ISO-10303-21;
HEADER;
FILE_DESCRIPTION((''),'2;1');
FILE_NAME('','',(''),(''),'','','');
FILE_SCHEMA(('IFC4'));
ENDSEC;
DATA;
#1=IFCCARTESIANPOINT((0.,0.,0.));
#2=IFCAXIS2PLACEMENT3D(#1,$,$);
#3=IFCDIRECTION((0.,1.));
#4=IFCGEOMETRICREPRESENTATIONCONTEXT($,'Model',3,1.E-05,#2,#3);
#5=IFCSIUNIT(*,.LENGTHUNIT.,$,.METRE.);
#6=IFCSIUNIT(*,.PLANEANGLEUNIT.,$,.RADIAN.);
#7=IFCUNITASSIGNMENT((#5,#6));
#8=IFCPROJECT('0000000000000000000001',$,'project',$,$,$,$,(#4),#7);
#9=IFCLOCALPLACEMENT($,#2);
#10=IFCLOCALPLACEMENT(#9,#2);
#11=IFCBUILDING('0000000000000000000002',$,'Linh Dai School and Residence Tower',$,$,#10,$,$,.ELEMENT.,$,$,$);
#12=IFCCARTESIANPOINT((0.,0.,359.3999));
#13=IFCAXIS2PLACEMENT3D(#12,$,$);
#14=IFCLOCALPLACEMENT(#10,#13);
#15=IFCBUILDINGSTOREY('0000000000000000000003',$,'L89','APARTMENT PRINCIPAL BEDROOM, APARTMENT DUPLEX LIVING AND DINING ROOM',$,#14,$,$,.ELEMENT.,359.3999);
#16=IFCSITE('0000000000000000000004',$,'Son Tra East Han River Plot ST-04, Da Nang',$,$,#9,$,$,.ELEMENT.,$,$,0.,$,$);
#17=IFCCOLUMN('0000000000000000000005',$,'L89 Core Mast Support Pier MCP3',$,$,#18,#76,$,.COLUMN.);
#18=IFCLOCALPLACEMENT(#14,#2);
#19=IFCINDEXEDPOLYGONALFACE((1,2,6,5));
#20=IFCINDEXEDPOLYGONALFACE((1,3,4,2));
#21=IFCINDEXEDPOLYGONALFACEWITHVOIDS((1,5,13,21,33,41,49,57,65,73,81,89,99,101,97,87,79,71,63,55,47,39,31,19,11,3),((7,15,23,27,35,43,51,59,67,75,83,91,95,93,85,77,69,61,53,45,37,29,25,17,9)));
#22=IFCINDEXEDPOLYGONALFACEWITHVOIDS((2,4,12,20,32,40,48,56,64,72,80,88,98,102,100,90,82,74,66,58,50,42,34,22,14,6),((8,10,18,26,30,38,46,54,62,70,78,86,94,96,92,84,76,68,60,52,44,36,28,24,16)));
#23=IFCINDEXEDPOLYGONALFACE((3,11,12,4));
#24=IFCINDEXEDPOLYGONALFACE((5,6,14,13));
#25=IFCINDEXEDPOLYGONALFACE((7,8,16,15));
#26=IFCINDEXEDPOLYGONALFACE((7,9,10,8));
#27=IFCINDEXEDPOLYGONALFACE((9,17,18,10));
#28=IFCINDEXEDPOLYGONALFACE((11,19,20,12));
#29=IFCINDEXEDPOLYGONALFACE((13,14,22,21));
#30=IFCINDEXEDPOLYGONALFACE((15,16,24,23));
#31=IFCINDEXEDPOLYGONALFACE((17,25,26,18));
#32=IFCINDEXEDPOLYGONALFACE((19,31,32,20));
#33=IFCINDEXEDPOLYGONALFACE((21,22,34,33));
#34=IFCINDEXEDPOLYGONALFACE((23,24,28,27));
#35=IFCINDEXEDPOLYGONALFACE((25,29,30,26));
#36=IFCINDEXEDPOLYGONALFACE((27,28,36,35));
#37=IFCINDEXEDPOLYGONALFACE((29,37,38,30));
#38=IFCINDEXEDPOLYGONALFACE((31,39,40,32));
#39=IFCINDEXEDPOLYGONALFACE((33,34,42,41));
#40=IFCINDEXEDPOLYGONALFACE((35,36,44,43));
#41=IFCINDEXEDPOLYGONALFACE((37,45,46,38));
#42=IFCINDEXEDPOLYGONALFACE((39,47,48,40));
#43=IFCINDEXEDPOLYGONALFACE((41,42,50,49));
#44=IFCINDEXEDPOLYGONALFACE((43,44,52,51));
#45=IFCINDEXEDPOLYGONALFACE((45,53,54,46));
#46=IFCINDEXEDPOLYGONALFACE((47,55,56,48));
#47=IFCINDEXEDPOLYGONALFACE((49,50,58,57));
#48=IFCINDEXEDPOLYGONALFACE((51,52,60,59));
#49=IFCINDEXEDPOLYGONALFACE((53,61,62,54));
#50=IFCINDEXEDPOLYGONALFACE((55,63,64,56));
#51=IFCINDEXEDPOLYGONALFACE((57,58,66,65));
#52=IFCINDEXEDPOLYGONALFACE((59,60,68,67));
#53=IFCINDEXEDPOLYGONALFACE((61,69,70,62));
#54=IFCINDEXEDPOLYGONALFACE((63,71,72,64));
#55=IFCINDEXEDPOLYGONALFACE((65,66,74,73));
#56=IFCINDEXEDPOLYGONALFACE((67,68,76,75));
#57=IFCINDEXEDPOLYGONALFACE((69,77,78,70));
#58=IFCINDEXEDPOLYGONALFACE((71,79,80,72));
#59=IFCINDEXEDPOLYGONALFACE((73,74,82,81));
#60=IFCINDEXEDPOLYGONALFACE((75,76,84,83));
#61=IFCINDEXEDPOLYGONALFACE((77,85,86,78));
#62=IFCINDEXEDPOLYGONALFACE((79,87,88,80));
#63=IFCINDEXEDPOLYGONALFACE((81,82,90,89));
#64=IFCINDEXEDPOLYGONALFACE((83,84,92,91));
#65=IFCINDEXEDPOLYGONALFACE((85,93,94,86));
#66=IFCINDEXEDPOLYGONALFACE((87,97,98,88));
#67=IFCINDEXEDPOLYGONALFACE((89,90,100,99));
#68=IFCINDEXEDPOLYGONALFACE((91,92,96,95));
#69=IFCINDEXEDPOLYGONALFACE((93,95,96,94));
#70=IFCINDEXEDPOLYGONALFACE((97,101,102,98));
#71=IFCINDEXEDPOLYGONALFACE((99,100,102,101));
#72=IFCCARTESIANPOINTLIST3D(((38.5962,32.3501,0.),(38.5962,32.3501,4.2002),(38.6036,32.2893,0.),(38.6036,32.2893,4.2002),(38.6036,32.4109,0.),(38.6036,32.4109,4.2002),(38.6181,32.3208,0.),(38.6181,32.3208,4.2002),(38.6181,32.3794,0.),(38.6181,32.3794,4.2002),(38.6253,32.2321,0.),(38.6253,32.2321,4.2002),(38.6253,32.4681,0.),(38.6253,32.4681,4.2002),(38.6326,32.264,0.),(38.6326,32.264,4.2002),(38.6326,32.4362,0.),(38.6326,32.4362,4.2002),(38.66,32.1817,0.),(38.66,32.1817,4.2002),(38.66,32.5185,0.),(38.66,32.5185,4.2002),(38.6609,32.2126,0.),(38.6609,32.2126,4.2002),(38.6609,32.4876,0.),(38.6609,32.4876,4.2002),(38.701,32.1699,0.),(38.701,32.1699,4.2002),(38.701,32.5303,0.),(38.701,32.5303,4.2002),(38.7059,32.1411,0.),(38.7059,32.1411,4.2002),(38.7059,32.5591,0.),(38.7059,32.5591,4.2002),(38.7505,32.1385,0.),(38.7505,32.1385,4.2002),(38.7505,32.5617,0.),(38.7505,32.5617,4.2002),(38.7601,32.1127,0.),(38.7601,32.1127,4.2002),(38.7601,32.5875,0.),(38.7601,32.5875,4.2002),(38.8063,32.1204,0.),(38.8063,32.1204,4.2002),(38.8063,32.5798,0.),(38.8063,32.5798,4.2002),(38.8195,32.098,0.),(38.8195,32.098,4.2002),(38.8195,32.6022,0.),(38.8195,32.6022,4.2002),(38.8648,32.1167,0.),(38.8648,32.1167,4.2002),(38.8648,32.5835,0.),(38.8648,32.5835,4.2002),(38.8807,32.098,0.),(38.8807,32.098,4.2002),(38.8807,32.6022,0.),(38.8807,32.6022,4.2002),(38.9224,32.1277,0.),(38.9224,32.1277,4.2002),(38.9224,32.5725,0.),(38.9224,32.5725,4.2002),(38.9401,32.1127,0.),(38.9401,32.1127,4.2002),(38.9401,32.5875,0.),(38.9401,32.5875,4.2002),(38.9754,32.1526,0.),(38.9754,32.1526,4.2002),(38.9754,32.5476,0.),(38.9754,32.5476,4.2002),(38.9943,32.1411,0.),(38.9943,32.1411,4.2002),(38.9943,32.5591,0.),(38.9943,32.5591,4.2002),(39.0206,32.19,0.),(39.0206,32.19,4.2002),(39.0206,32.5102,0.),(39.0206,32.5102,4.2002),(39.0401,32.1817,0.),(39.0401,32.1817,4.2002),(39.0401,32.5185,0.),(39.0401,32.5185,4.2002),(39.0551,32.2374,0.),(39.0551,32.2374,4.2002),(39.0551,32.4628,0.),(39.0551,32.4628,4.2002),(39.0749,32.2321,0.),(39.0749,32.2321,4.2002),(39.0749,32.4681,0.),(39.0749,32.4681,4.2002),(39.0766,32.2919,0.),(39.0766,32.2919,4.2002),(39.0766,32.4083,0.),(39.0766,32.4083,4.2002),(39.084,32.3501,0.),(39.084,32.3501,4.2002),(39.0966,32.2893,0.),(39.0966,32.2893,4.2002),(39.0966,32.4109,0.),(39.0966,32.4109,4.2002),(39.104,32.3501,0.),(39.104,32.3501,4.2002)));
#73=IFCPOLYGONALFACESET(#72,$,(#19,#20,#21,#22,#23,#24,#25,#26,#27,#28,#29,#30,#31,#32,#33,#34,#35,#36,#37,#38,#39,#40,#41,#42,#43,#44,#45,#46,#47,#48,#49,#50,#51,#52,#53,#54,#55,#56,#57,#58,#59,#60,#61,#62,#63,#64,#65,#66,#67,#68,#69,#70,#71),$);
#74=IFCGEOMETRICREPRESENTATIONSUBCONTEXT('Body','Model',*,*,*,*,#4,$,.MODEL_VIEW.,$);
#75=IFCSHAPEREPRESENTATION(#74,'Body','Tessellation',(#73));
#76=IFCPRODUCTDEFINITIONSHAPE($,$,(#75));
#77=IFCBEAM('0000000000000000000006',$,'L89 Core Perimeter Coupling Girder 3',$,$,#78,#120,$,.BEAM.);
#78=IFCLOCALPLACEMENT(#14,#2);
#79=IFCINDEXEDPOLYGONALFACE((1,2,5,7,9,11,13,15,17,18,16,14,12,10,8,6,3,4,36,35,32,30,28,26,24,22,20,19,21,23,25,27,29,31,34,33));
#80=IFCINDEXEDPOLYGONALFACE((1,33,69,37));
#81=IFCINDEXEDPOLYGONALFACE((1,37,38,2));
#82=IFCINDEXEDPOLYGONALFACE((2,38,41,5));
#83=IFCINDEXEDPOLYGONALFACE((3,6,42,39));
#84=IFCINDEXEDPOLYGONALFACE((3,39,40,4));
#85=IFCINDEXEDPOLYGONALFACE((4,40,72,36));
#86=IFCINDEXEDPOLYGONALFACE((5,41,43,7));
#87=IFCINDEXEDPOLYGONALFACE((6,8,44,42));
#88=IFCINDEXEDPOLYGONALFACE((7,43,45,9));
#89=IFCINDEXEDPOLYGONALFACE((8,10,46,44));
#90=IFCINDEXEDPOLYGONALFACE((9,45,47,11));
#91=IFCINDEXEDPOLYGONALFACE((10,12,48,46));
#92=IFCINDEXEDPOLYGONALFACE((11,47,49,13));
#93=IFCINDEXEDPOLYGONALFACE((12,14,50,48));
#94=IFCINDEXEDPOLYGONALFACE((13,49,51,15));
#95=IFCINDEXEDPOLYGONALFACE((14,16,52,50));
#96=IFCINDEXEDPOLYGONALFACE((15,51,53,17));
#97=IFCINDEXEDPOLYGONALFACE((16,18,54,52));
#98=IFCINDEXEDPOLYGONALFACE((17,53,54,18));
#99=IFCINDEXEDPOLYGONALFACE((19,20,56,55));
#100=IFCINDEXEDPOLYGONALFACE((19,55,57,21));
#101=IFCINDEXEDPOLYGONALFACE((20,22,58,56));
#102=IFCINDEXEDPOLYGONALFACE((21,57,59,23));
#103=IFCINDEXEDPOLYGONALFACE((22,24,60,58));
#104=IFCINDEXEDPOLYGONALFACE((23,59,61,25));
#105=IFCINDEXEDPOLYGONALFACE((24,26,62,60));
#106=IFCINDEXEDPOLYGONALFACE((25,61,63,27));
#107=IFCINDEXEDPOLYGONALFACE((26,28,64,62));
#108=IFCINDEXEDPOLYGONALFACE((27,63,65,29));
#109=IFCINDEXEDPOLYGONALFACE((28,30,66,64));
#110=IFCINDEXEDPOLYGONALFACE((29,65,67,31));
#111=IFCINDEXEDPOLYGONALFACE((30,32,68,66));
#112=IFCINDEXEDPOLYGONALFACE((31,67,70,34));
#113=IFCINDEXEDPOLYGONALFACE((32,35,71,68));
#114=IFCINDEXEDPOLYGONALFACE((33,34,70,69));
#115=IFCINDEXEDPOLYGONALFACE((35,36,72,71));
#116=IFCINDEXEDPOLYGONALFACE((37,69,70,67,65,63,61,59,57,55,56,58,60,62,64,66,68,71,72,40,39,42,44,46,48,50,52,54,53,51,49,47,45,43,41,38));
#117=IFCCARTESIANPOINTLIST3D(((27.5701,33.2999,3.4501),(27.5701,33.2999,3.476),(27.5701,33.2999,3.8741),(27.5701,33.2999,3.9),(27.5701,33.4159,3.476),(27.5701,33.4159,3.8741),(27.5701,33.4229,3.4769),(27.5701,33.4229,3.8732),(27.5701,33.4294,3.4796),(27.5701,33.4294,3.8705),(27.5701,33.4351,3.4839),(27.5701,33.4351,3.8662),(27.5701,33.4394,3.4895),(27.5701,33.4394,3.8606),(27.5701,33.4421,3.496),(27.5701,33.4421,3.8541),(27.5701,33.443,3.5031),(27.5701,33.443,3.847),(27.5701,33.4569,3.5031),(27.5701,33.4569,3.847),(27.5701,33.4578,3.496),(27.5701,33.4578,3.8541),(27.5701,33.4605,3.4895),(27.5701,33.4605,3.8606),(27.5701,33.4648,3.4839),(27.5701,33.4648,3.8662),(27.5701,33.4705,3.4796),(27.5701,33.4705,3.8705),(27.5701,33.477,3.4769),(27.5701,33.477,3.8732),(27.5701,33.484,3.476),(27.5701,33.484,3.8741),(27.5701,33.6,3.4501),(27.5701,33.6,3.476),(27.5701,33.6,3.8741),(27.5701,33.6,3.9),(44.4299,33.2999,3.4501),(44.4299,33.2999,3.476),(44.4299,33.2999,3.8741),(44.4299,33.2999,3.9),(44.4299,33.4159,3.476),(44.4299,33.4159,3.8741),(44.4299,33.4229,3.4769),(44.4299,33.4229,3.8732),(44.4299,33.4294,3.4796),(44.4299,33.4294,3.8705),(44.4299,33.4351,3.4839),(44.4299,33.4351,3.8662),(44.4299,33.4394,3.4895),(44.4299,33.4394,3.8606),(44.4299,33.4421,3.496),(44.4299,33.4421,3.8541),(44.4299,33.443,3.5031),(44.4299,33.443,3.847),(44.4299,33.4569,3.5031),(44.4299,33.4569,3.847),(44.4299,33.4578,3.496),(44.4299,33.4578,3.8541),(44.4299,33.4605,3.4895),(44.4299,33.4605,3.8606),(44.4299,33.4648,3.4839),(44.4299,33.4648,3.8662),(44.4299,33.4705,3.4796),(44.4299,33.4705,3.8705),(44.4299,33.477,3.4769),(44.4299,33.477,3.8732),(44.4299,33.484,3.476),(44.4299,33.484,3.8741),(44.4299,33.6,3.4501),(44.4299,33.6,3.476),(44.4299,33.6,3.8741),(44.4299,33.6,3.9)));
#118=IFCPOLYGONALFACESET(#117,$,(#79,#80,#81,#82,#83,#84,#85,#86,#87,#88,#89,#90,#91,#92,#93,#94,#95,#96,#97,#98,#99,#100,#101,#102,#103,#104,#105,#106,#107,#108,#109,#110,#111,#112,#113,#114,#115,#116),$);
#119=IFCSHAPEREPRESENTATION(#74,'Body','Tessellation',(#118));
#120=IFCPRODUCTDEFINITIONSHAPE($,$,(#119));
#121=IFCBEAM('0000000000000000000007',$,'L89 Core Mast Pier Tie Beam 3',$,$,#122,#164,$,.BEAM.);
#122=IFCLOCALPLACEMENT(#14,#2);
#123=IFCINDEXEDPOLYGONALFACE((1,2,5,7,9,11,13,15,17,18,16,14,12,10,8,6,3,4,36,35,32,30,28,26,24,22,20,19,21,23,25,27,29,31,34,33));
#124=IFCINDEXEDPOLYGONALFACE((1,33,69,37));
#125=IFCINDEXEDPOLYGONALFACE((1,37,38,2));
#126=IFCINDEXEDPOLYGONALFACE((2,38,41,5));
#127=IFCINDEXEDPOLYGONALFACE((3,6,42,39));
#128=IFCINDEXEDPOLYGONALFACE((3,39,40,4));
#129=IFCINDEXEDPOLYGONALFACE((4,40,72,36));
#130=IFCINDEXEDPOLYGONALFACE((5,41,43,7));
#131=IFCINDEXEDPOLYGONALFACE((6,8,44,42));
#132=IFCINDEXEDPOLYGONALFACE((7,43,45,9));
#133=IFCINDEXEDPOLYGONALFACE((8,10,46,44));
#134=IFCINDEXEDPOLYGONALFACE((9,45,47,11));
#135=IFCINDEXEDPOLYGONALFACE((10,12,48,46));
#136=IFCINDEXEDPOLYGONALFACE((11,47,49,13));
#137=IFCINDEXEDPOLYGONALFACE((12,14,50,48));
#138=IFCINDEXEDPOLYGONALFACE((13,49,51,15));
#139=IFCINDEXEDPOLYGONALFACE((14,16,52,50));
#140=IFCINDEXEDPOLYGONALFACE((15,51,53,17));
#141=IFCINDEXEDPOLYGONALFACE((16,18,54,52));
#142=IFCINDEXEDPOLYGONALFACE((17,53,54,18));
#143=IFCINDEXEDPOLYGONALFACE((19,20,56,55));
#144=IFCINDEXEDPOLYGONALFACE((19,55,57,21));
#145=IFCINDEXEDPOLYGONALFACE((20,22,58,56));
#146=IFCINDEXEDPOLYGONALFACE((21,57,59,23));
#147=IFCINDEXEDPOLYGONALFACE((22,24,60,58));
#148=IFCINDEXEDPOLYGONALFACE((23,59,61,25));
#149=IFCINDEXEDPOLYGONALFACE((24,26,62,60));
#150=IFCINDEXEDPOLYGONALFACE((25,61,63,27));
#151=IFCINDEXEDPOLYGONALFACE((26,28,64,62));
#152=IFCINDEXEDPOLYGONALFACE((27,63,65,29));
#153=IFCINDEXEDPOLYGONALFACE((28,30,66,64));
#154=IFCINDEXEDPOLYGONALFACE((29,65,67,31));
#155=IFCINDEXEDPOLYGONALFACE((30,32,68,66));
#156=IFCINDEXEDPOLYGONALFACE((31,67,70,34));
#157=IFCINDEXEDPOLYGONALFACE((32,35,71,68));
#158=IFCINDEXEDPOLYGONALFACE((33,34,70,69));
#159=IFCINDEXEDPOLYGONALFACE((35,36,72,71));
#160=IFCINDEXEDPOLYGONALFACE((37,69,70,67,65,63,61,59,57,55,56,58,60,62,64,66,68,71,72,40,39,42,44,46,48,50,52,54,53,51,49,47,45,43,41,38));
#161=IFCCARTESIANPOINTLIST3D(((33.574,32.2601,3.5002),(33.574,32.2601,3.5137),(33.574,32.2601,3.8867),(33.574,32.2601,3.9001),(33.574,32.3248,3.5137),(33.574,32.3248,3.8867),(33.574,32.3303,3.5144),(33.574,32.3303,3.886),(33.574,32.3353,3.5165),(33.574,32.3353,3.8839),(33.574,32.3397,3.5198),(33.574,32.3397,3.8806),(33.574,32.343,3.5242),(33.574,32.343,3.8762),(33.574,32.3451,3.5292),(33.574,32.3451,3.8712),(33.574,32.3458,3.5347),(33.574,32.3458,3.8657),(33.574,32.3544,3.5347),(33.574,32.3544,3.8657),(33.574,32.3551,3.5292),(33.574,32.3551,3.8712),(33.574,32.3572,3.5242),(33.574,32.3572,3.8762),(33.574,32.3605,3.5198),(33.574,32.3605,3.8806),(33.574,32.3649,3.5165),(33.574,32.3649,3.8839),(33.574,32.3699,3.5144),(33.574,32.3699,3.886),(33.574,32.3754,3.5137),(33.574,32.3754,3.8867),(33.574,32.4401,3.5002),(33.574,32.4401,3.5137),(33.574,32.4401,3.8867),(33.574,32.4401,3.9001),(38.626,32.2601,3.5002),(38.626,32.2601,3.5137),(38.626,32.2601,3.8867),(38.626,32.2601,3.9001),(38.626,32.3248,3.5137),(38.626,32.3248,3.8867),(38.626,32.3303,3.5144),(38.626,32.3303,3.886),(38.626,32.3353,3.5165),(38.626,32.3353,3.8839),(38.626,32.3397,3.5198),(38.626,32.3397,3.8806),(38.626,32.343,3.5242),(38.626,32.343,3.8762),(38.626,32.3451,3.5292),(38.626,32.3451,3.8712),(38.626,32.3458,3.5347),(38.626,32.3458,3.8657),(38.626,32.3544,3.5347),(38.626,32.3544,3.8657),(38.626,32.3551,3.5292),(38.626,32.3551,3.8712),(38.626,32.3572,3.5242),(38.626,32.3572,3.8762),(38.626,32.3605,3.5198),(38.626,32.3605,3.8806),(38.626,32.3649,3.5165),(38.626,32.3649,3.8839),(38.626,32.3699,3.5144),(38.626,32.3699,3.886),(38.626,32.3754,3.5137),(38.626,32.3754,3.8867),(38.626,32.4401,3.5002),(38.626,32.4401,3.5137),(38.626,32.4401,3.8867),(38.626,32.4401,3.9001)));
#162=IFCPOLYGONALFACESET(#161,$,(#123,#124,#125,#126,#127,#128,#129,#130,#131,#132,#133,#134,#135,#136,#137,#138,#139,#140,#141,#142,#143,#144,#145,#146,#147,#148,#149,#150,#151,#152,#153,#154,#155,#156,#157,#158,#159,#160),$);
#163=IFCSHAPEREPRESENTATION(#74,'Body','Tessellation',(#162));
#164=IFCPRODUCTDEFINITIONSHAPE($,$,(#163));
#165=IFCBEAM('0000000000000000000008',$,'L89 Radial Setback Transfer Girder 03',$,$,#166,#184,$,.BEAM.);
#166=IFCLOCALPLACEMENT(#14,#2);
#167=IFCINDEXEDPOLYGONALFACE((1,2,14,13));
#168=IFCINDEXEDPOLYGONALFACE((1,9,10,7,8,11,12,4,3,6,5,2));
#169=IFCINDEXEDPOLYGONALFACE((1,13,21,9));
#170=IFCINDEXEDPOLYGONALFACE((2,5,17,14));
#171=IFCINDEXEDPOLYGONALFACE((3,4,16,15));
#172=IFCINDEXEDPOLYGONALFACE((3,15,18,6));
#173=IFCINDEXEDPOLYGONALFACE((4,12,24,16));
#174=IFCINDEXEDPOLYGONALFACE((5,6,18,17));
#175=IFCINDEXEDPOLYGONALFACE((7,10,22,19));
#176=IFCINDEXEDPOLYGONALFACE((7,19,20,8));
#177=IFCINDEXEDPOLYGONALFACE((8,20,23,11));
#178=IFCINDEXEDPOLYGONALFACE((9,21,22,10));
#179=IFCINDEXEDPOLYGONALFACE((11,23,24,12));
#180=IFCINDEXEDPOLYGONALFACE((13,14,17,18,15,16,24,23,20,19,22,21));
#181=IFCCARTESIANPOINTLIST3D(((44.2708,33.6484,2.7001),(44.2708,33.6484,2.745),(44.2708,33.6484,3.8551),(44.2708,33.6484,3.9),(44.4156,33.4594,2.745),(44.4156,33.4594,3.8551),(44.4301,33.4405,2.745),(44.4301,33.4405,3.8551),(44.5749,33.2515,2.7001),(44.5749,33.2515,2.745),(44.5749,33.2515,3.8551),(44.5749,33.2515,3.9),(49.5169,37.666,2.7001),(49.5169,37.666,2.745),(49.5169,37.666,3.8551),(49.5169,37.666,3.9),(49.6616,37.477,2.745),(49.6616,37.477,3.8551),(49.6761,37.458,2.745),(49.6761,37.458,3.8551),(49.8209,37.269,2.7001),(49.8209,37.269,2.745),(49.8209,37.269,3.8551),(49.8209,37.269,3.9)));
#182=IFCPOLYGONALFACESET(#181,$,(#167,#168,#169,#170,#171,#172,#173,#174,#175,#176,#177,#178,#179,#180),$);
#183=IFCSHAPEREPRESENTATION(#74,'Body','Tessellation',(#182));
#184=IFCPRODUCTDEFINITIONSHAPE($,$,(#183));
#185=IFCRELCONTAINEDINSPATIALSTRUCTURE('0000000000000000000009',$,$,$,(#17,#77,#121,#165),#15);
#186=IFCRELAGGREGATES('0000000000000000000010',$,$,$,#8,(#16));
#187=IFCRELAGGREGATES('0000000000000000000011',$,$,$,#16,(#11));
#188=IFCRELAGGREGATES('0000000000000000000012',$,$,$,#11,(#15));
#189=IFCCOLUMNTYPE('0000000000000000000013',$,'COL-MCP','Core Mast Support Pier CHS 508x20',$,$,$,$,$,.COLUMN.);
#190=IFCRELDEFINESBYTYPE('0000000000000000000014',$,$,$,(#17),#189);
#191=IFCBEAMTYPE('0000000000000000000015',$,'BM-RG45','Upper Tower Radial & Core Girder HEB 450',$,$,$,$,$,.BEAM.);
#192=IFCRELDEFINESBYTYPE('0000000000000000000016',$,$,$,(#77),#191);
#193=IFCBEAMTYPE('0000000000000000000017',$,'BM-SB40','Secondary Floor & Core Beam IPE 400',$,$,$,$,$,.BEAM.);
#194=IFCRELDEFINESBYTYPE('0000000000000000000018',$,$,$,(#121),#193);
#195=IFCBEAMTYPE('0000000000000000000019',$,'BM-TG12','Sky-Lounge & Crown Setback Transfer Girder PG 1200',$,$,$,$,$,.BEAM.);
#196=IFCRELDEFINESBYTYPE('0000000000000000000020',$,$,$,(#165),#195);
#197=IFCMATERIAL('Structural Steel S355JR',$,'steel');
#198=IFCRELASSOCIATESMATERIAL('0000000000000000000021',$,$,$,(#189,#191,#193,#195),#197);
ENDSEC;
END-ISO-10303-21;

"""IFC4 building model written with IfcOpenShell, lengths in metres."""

from ifc_helpers import new_model, si_unit, direction, frame, origin, origin_2d, place, context, subcontext, project, spatial, hollow_circle, i_section, extrude, material, material_profile, profile_set, type_object, element, save


model = new_model("IFC4")

# Units and contexts
model_context = context("Model", 3, precision=1e-05, world=origin(), true_north=direction((0.0, 1.0)))
body_context = subcontext(model_context, "Body", "Model", "MODEL_VIEW")
ifc_project = project(units=[si_unit("LENGTHUNIT", "METRE"), si_unit("PLANEANGLEUNIT", "RADIAN")], contexts=[model_context])

# Site, building, storey
site_placement = place(None, origin())
site = spatial("IfcSite", under=ifc_project, at=site_placement, Name="Son Tra East Han River Plot ST-04, Da Nang", CompositionType="ELEMENT", RefElevation=0.0)
building_placement = place(site_placement, origin())
building = spatial("IfcBuilding", under=site, at=building_placement, Name="Linh Dai School and Residence Tower", CompositionType="ELEMENT")
storey_placement = place(building_placement, frame((0.0, 0.0, 359.3999)))
storey = spatial("IfcBuildingStorey", under=building, at=storey_placement, Name="L89", Description="APARTMENT PRINCIPAL BEDROOM, APARTMENT DUPLEX LIVING AND DINING ROOM", CompositionType="ELEMENT", Elevation=359.3999)

# Column
ifc_material_1 = material(Name="Structural Steel S355JR", Category="steel")
ifc_material_profile_1 = material_profile(ifc_material_1, hollow_circle(Radius=0.2539, WallThickness=0.02, at=origin_2d()), Name="CHS 508x20")
ifc_profile_set_1 = profile_set([ifc_material_profile_1], Name="Structural Steel S355JR")
column_type = type_object("IfcColumnType", Name="COL-MCP", Description="Core Mast Support Pier CHS 508x20", PredefinedType="COLUMN", material=ifc_profile_set_1)
column_placement = place(storey_placement, frame((38.8501, 32.3501, 0.0), z_axis=(0.0, 0.0, 1.0), x_axis=(1.0, 0.0, 0.0)))
element("IfcColumn", 1, at=column_placement, inside=storey, type_object=column_type, Name="L89 Core Mast Support Pier MCP3", PredefinedType="COLUMN", context=body_context, shape_type="SweptSolid", body=[
    extrude(hollow_circle(Radius=0.2539, WallThickness=0.02, at=origin_2d()), origin(), (0.0, 0.0, 1.0), 4.2002),
])

# Beams
ifc_material_profile_2 = material_profile(ifc_material_1, i_section(OverallWidth=0.3, OverallDepth=0.45, WebThickness=0.0139, FlangeThickness=0.0259, FilletRadius=0.0271, at=origin_2d()), Name="HEB 450")
ifc_profile_set_2 = profile_set([ifc_material_profile_2], Name="Structural Steel S355JR")
beam_type_1 = type_object("IfcBeamType", Name="BM-RG45", Description="Upper Tower Radial & Core Girder HEB 450", PredefinedType="BEAM", material=ifc_profile_set_2)
beam_1_placement = place(storey_placement, frame((44.4299, 33.45, 3.675), z_axis=(-1.0, 0.0, 0.0), x_axis=(0.0, -1.0, 0.0)))
element("IfcBeam", 2, at=beam_1_placement, inside=storey, type_object=beam_type_1, Name="L89 Core Perimeter Coupling Girder 3", PredefinedType="BEAM", context=body_context, shape_type="SweptSolid", body=[
    extrude(i_section(OverallWidth=0.3, OverallDepth=0.45, WebThickness=0.0139, FlangeThickness=0.0259, FilletRadius=0.0271, at=origin_2d()), origin(), (0.0, 0.0, 1.0), 16.8599),
])
ifc_material_profile_3 = material_profile(ifc_material_1, i_section(OverallWidth=0.1799, OverallDepth=0.3999, WebThickness=0.0085, FlangeThickness=0.0134, FilletRadius=0.021, at=origin_2d()), Name="IPE 400")
ifc_profile_set_3 = profile_set([ifc_material_profile_3], Name="Structural Steel S355JR")
beam_type_2 = type_object("IfcBeamType", Name="BM-SB40", Description="Secondary Floor & Core Beam IPE 400", PredefinedType="BEAM", material=ifc_profile_set_3)
beam_2_placement = place(storey_placement, frame((38.626, 32.3501, 3.7002), z_axis=(-1.0, 0.0, 0.0), x_axis=(0.0, -1.0, 0.0)))
element("IfcBeam", 3, at=beam_2_placement, inside=storey, type_object=beam_type_2, Name="L89 Core Mast Pier Tie Beam 3", PredefinedType="BEAM", context=body_context, shape_type="SweptSolid", body=[
    extrude(i_section(OverallWidth=0.1799, OverallDepth=0.3999, WebThickness=0.0085, FlangeThickness=0.0134, FilletRadius=0.021, at=origin_2d()), origin(), (0.0, 0.0, 1.0), 5.052),
])
ifc_material_profile_4 = material_profile(ifc_material_1, i_section(OverallWidth=0.5, OverallDepth=1.2, WebThickness=0.0239, FlangeThickness=0.0449, at=origin_2d()), Name="PG 1200x500x24x45")
ifc_profile_set_4 = profile_set([ifc_material_profile_4], Name="Structural Steel S355JR")
beam_type_3 = type_object("IfcBeamType", Name="BM-TG12", Description="Sky-Lounge & Crown Setback Transfer Girder PG 1200", PredefinedType="BEAM", material=ifc_profile_set_4)
beam_3_placement = place(storey_placement, frame((44.4229, 33.45, 3.3), z_axis=(0.79393, 0.608009, 0.0), x_axis=(-0.608009, 0.79393, 0.0)))
element("IfcBeam", 4, at=beam_3_placement, inside=storey, type_object=beam_type_3, Name="L89 Radial Setback Transfer Girder 03", PredefinedType="BEAM", context=body_context, shape_type="SweptSolid", body=[
    extrude(i_section(OverallWidth=0.5, OverallDepth=1.2, WebThickness=0.0239, FlangeThickness=0.0449, at=origin_2d()), origin(), (0.0, 0.0, 1.0), 6.6077),
])

save(model, "model.ifc")
